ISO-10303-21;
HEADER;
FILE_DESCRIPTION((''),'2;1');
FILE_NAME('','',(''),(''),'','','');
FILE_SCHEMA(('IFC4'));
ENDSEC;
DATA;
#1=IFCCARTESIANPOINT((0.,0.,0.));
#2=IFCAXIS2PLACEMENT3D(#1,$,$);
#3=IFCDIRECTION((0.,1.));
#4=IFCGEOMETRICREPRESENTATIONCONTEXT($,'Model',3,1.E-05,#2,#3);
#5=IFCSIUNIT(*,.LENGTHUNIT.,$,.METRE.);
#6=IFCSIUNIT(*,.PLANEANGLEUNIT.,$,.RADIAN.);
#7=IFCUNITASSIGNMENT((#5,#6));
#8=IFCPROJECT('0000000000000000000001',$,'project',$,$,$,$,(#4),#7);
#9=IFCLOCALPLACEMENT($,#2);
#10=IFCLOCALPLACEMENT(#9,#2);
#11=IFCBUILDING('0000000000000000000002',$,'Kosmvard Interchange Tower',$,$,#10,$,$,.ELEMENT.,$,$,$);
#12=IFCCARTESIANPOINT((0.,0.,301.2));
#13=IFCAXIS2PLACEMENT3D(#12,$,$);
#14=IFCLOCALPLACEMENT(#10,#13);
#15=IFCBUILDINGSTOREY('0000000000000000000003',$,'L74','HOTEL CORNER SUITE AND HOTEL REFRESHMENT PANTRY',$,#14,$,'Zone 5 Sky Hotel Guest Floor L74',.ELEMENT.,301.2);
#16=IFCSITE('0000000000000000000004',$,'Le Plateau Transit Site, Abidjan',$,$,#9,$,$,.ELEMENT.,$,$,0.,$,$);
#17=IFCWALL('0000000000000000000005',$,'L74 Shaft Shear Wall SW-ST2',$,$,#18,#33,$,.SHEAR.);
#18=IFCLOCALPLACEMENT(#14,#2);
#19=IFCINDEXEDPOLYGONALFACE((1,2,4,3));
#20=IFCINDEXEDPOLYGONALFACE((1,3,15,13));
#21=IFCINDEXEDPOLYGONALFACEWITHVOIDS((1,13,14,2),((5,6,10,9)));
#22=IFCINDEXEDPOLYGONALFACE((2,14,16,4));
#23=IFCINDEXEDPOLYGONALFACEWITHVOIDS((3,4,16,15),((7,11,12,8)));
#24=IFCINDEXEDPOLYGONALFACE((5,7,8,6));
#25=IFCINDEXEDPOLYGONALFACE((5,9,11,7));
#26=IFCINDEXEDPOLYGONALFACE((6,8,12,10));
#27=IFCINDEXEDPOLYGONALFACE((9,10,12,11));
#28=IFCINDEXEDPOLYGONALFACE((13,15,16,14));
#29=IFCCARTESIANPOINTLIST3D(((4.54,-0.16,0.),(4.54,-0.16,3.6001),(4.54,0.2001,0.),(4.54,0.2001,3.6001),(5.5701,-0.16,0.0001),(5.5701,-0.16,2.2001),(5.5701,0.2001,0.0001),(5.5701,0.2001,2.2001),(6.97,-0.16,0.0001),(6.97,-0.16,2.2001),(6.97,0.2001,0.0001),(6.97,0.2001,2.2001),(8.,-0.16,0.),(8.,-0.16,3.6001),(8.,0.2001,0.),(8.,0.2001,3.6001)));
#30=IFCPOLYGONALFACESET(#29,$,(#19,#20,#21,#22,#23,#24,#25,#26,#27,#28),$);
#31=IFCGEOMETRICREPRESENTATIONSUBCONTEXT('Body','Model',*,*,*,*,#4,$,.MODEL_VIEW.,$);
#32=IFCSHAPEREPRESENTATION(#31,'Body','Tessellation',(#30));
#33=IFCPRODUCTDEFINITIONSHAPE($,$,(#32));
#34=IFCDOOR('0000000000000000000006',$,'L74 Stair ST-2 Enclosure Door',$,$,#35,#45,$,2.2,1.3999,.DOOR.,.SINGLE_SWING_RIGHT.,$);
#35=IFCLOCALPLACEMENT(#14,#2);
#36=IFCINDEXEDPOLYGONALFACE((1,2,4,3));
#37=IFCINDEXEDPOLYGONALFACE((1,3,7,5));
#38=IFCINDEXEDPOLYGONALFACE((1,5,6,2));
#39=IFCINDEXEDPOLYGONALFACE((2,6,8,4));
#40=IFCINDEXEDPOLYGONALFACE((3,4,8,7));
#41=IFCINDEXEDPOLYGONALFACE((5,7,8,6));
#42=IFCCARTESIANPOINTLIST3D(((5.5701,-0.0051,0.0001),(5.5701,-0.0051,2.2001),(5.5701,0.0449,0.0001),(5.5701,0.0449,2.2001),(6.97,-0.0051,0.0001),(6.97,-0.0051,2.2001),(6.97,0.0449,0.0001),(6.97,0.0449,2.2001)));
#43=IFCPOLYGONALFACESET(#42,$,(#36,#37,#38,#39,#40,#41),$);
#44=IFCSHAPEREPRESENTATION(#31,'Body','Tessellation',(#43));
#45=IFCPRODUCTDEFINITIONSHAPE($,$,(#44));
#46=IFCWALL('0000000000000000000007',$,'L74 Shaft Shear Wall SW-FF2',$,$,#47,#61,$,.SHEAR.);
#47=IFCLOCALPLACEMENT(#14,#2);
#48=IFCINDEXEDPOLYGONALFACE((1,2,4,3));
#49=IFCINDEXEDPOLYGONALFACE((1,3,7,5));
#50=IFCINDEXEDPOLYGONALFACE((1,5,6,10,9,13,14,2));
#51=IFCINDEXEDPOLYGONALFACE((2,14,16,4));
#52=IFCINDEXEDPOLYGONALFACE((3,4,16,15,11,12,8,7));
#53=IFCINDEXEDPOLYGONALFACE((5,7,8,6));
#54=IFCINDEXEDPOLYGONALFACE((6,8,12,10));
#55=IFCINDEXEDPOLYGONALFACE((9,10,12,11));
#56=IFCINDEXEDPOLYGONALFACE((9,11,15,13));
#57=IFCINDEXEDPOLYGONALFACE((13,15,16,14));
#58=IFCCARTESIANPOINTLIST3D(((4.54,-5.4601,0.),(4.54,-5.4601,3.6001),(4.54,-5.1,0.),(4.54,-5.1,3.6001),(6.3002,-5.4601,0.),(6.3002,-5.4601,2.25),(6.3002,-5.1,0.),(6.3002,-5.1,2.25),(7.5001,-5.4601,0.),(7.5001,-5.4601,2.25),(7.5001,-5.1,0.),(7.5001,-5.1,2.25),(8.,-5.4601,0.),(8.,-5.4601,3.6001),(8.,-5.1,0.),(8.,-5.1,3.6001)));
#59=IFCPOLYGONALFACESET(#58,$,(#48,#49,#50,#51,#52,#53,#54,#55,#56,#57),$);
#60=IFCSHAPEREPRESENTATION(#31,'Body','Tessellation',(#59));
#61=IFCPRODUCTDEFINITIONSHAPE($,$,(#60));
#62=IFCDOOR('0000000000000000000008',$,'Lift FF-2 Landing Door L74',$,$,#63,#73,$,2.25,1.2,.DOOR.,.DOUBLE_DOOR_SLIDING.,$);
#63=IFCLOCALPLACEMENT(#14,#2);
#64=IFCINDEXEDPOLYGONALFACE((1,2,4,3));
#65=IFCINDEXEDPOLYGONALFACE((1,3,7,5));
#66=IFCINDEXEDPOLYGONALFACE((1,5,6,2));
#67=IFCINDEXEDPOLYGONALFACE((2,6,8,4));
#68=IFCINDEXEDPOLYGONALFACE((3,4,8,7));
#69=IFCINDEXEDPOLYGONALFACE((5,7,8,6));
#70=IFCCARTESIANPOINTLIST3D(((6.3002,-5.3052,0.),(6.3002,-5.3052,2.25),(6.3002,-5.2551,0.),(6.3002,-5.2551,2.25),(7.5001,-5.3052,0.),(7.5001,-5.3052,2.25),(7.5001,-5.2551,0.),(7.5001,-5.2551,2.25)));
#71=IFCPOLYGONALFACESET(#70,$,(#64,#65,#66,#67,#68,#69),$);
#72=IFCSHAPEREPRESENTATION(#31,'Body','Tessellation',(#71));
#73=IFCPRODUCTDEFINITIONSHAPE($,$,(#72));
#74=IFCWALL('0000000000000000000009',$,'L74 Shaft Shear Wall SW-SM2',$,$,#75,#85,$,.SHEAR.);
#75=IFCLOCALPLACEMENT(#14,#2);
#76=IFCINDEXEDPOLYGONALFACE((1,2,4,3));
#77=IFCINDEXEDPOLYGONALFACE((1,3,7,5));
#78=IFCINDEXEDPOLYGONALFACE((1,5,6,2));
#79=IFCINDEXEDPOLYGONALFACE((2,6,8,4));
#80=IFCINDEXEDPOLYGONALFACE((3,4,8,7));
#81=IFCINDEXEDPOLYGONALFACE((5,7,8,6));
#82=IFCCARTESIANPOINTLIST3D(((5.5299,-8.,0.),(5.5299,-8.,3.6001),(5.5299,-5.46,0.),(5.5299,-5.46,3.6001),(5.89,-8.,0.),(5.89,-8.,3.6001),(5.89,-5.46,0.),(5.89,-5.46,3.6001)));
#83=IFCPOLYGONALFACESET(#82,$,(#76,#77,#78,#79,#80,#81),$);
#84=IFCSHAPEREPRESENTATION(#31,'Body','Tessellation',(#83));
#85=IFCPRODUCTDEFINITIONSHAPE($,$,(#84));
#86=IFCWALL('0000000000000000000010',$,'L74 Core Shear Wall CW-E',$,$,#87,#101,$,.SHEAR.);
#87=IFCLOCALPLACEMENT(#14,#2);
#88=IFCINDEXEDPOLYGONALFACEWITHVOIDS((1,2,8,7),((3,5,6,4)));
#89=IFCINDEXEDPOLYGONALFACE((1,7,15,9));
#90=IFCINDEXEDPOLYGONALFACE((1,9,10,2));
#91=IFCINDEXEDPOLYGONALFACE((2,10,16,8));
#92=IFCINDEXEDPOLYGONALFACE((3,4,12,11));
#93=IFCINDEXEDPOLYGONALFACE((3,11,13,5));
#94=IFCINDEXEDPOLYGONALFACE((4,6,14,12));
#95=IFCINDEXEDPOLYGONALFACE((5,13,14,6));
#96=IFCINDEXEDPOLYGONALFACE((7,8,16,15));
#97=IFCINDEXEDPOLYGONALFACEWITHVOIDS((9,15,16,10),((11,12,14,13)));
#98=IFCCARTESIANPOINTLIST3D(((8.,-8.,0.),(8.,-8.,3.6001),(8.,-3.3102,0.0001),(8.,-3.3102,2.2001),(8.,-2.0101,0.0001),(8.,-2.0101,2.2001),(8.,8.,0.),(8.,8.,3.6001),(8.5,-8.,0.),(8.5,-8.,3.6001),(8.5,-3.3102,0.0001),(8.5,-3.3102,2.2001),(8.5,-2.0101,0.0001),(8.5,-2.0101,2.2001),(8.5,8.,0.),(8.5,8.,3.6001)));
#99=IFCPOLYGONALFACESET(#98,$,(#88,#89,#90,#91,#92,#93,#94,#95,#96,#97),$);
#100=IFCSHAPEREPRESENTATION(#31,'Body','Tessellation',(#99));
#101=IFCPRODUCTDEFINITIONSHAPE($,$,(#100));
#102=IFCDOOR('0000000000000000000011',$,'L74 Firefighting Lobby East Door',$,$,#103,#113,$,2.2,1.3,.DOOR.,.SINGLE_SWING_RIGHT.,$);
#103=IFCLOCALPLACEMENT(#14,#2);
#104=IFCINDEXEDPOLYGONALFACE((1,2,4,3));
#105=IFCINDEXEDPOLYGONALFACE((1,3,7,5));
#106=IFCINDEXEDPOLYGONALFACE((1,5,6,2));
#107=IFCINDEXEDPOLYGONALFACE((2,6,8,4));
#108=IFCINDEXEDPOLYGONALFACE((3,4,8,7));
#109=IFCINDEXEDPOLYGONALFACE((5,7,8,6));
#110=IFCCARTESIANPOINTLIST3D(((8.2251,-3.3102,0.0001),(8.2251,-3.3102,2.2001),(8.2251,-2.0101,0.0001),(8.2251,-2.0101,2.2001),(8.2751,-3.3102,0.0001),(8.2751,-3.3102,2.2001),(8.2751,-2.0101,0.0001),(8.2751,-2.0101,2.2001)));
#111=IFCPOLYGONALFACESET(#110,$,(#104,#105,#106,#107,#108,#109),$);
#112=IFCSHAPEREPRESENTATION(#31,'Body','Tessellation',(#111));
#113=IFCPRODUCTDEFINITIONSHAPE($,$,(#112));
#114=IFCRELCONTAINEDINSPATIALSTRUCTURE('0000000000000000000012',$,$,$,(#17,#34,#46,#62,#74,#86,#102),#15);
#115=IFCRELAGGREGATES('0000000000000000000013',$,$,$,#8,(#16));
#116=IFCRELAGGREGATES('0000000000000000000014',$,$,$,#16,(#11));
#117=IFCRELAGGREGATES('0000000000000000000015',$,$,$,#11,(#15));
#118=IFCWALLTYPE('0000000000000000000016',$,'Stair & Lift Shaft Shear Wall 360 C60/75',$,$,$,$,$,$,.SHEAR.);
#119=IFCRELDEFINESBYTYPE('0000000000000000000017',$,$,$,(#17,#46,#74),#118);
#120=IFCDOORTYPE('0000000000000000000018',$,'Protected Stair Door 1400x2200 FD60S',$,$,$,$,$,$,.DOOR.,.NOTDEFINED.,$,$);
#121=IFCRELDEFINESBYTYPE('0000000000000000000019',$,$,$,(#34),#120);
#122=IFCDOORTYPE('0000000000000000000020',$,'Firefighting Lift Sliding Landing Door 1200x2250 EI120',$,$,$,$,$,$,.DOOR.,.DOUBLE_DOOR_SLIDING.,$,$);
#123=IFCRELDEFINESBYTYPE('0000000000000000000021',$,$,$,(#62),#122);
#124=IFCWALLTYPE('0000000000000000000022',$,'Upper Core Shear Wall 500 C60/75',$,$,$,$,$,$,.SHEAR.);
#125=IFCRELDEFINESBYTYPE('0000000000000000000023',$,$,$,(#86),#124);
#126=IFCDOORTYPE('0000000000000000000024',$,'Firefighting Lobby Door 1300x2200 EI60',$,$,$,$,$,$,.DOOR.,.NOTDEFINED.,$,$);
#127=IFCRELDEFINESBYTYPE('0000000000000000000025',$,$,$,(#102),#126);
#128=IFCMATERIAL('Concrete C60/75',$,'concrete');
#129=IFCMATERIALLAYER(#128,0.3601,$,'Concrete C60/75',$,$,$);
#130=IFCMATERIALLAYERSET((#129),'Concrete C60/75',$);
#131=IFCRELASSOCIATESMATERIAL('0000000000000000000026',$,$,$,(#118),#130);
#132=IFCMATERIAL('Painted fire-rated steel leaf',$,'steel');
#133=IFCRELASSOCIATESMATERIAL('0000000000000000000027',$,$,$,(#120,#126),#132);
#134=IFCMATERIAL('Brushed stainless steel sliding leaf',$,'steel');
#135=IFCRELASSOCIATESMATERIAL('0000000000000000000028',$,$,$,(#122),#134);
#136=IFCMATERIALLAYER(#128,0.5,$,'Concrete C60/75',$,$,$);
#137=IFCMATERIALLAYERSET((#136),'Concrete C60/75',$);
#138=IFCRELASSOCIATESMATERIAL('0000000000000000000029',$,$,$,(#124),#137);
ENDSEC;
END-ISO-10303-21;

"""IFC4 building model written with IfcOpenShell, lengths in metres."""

from ifc_helpers import new_model, si_unit, direction, frame, frame_2d, origin, place, context, subcontext, project, spatial, rectangle, extrude, source, transform, mapped, material, layer, layer_set, type_object, element, fill, save


model = new_model("IFC4")

# Units and contexts
model_context = context("Model", 3, precision=1e-05, world=origin(), true_north=direction((0.0, 1.0)))
body_context = subcontext(model_context, "Body", "Model", "MODEL_VIEW")
ifc_project = project(units=[si_unit("LENGTHUNIT", "METRE"), si_unit("PLANEANGLEUNIT", "RADIAN")], contexts=[model_context])

# Site, building, storey
site_placement = place(None, origin())
site = spatial("IfcSite", under=ifc_project, at=site_placement, Name="Le Plateau Transit Site, Abidjan", CompositionType="ELEMENT", RefElevation=0.0)
building_placement = place(site_placement, origin())
building = spatial("IfcBuilding", under=site, at=building_placement, Name="Kosmvard Interchange Tower", CompositionType="ELEMENT")
storey_placement = place(building_placement, frame((0.0, 0.0, 301.2)))
storey = spatial("IfcBuildingStorey", under=building, at=storey_placement, Name="L74", Description="HOTEL CORNER SUITE AND HOTEL REFRESHMENT PANTRY", LongName="Zone 5 Sky Hotel Guest Floor L74", CompositionType="ELEMENT", Elevation=301.2)

# Shared definitions
ifc_material_1 = material(Name="Painted fire-rated steel leaf", Category="steel")
ifc_material_2 = material(Name="Brushed stainless steel sliding leaf", Category="steel")

# Shared definitions
ifc_material_3 = material(Name="Concrete C60/75", Category="concrete")
ifc_layer_1 = layer(ifc_material_3, 0.3601, Name="Concrete C60/75")
ifc_layer_set_1 = layer_set([ifc_layer_1], Name="Concrete C60/75")
wall_type_1 = type_object("IfcWallType", Name="Stair & Lift Shaft Shear Wall 360 C60/75", PredefinedType="SHEAR", material=ifc_layer_set_1)

# Walls, openings, doors
wall_1_placement = place(storey_placement, frame((4.54, 0.02, 0.0), z_axis=(0.0, 0.0, 1.0), x_axis=(1.0, 0.0, 0.0)))
wall_1 = element("IfcWall", 1, at=wall_1_placement, inside=storey, type_object=wall_type_1, Name="L74 Shaft Shear Wall SW-ST2", PredefinedType="SHEAR", context=body_context, shape_type="SweptSolid", body=[
    extrude(rectangle(XDim=3.46, YDim=0.3601, at=frame_2d((1.73, 0.0))), origin(), (0.0, 0.0, 1.0), 3.6001),
])
opening_1_placement = place(wall_1_placement, frame((1.03, 0.0, 0.0)))
opening_1 = element("IfcOpeningElement", 2, at=opening_1_placement, cuts=wall_1, PredefinedType="OPENING", context=body_context, shape_type="SweptSolid", body=[
    extrude(rectangle(XDim=1.3999, YDim=2.2, at=frame_2d((0.7, 1.1001))), frame((0.0, 0.1899, 0.0), z_axis=(0.0, -1.0, 0.0), x_axis=(1.0, 0.0, 0.0)), (0.0, 0.0, 1.0), 0.3801),
])
door_type_1 = type_object("IfcDoorType", Name="Protected Stair Door 1400x2200 FD60S", OperationType="NOTDEFINED", PredefinedType="DOOR", material=ifc_material_1)
shared_shape_1 = source(origin(), body_context, "Body", "SweptSolid", [
    extrude(rectangle(XDim=1.3999, YDim=2.2, at=frame_2d((0.7, 1.1001))), frame((0.0, 0.0249, 0.0), z_axis=(0.0, -1.0, 0.0), x_axis=(1.0, 0.0, 0.0)), (0.0, 0.0, 1.0), 0.05),
])
door_1_placement = place(opening_1_placement, origin())
door_1 = element("IfcDoor", 3, at=door_1_placement, inside=storey, type_object=door_type_1, Name="L74 Stair ST-2 Enclosure Door", OperationType="SINGLE_SWING_RIGHT", OverallHeight=2.2, OverallWidth=1.3999, PredefinedType="DOOR", context=body_context, shape_type="MappedRepresentation", body=[
    mapped(shared_shape_1, transform((0.0, 0.0, 0.0), scale=1.0)),
])
fill(opening_1, door_1)
wall_2_placement = place(storey_placement, frame((4.54, -5.28, 0.0), z_axis=(0.0, 0.0, 1.0), x_axis=(1.0, 0.0, 0.0)))
wall_2 = element("IfcWall", 4, at=wall_2_placement, inside=storey, type_object=wall_type_1, Name="L74 Shaft Shear Wall SW-FF2", PredefinedType="SHEAR", context=body_context, shape_type="SweptSolid", body=[
    extrude(rectangle(XDim=3.46, YDim=0.3601, at=frame_2d((1.73, 0.0))), origin(), (0.0, 0.0, 1.0), 3.6001),
])
opening_2_placement = place(wall_2_placement, frame((1.76, 0.0, 0.0)))
opening_2 = element("IfcOpeningElement", 5, at=opening_2_placement, cuts=wall_2, PredefinedType="OPENING", context=body_context, shape_type="SweptSolid", body=[
    extrude(rectangle(XDim=1.2, YDim=2.25, at=frame_2d((0.6001, 1.125))), frame((0.0, 0.1899, 0.0), z_axis=(0.0, -1.0, 0.0), x_axis=(1.0, 0.0, 0.0)), (0.0, 0.0, 1.0), 0.3801),
])
door_type_2 = type_object("IfcDoorType", Name="Firefighting Lift Sliding Landing Door 1200x2250 EI120", OperationType="DOUBLE_DOOR_SLIDING", PredefinedType="DOOR", material=ifc_material_2)
shared_shape_2 = source(origin(), body_context, "Body", "SweptSolid", [
    extrude(rectangle(XDim=1.2, YDim=2.25, at=frame_2d((0.6001, 1.125))), frame((0.0, 0.0249, 0.0), z_axis=(0.0, -1.0, 0.0), x_axis=(1.0, 0.0, 0.0)), (0.0, 0.0, 1.0), 0.05),
])
door_2_placement = place(opening_2_placement, origin())
door_2 = element("IfcDoor", 6, at=door_2_placement, inside=storey, type_object=door_type_2, Name="Lift FF-2 Landing Door L74", OperationType="DOUBLE_DOOR_SLIDING", OverallHeight=2.25, OverallWidth=1.2, PredefinedType="DOOR", context=body_context, shape_type="MappedRepresentation", body=[
    mapped(shared_shape_2, transform((0.0, 0.0, 0.0), scale=1.0)),
])
fill(opening_2, door_2)

# Wall
wall_3_placement = place(storey_placement, frame((5.71, -8.0, 0.0), z_axis=(0.0, 0.0, 1.0), x_axis=(0.0, 1.0, 0.0)))
element("IfcWall", 7, at=wall_3_placement, inside=storey, type_object=wall_type_1, Name="L74 Shaft Shear Wall SW-SM2", PredefinedType="SHEAR", context=body_context, shape_type="SweptSolid", body=[
    extrude(rectangle(XDim=2.54, YDim=0.3601, at=frame_2d((1.27, 0.0))), origin(), (0.0, 0.0, 1.0), 3.6001),
])

# Wall, opening, door
ifc_layer_2 = layer(ifc_material_3, 0.5, Name="Concrete C60/75")
ifc_layer_set_2 = layer_set([ifc_layer_2], Name="Concrete C60/75")
wall_type_2 = type_object("IfcWallType", Name="Upper Core Shear Wall 500 C60/75", PredefinedType="SHEAR", material=ifc_layer_set_2)
wall_4_placement = place(storey_placement, frame((8.25, -8.0, 0.0), z_axis=(0.0, 0.0, 1.0), x_axis=(0.0, 1.0, 0.0)))
wall_4 = element("IfcWall", 8, at=wall_4_placement, inside=storey, type_object=wall_type_2, Name="L74 Core Shear Wall CW-E", PredefinedType="SHEAR", context=body_context, shape_type="SweptSolid", body=[
    extrude(rectangle(XDim=16.0, YDim=0.5, at=frame_2d((8.0, 0.0))), origin(), (0.0, 0.0, 1.0), 3.6001),
])
opening_3_placement = place(wall_4_placement, frame((4.6899, 0.0, 0.0)))
opening_3 = element("IfcOpeningElement", 9, at=opening_3_placement, cuts=wall_4, PredefinedType="OPENING", context=body_context, shape_type="SweptSolid", body=[
    extrude(rectangle(XDim=1.3, YDim=2.2, at=frame_2d((0.6499, 1.1001))), frame((0.0, 0.26, 0.0), z_axis=(0.0, -1.0, 0.0), x_axis=(1.0, 0.0, 0.0)), (0.0, 0.0, 1.0), 0.52),
])
door_type_3 = type_object("IfcDoorType", Name="Firefighting Lobby Door 1300x2200 EI60", OperationType="NOTDEFINED", PredefinedType="DOOR", material=ifc_material_1)
shared_shape_3 = source(origin(), body_context, "Body", "SweptSolid", [
    extrude(rectangle(XDim=1.3, YDim=2.2, at=frame_2d((0.6499, 1.1001))), frame((0.0, 0.0249, 0.0), z_axis=(0.0, -1.0, 0.0), x_axis=(1.0, 0.0, 0.0)), (0.0, 0.0, 1.0), 0.05),
])
door_3_placement = place(opening_3_placement, origin())
door_3 = element("IfcDoor", 10, at=door_3_placement, inside=storey, type_object=door_type_3, Name="L74 Firefighting Lobby East Door", OperationType="SINGLE_SWING_RIGHT", OverallHeight=2.2, OverallWidth=1.3, PredefinedType="DOOR", context=body_context, shape_type="MappedRepresentation", body=[
    mapped(shared_shape_3, transform((0.0, 0.0, 0.0), scale=1.0)),
])
fill(opening_3, door_3)

save(model, "model.ifc")
